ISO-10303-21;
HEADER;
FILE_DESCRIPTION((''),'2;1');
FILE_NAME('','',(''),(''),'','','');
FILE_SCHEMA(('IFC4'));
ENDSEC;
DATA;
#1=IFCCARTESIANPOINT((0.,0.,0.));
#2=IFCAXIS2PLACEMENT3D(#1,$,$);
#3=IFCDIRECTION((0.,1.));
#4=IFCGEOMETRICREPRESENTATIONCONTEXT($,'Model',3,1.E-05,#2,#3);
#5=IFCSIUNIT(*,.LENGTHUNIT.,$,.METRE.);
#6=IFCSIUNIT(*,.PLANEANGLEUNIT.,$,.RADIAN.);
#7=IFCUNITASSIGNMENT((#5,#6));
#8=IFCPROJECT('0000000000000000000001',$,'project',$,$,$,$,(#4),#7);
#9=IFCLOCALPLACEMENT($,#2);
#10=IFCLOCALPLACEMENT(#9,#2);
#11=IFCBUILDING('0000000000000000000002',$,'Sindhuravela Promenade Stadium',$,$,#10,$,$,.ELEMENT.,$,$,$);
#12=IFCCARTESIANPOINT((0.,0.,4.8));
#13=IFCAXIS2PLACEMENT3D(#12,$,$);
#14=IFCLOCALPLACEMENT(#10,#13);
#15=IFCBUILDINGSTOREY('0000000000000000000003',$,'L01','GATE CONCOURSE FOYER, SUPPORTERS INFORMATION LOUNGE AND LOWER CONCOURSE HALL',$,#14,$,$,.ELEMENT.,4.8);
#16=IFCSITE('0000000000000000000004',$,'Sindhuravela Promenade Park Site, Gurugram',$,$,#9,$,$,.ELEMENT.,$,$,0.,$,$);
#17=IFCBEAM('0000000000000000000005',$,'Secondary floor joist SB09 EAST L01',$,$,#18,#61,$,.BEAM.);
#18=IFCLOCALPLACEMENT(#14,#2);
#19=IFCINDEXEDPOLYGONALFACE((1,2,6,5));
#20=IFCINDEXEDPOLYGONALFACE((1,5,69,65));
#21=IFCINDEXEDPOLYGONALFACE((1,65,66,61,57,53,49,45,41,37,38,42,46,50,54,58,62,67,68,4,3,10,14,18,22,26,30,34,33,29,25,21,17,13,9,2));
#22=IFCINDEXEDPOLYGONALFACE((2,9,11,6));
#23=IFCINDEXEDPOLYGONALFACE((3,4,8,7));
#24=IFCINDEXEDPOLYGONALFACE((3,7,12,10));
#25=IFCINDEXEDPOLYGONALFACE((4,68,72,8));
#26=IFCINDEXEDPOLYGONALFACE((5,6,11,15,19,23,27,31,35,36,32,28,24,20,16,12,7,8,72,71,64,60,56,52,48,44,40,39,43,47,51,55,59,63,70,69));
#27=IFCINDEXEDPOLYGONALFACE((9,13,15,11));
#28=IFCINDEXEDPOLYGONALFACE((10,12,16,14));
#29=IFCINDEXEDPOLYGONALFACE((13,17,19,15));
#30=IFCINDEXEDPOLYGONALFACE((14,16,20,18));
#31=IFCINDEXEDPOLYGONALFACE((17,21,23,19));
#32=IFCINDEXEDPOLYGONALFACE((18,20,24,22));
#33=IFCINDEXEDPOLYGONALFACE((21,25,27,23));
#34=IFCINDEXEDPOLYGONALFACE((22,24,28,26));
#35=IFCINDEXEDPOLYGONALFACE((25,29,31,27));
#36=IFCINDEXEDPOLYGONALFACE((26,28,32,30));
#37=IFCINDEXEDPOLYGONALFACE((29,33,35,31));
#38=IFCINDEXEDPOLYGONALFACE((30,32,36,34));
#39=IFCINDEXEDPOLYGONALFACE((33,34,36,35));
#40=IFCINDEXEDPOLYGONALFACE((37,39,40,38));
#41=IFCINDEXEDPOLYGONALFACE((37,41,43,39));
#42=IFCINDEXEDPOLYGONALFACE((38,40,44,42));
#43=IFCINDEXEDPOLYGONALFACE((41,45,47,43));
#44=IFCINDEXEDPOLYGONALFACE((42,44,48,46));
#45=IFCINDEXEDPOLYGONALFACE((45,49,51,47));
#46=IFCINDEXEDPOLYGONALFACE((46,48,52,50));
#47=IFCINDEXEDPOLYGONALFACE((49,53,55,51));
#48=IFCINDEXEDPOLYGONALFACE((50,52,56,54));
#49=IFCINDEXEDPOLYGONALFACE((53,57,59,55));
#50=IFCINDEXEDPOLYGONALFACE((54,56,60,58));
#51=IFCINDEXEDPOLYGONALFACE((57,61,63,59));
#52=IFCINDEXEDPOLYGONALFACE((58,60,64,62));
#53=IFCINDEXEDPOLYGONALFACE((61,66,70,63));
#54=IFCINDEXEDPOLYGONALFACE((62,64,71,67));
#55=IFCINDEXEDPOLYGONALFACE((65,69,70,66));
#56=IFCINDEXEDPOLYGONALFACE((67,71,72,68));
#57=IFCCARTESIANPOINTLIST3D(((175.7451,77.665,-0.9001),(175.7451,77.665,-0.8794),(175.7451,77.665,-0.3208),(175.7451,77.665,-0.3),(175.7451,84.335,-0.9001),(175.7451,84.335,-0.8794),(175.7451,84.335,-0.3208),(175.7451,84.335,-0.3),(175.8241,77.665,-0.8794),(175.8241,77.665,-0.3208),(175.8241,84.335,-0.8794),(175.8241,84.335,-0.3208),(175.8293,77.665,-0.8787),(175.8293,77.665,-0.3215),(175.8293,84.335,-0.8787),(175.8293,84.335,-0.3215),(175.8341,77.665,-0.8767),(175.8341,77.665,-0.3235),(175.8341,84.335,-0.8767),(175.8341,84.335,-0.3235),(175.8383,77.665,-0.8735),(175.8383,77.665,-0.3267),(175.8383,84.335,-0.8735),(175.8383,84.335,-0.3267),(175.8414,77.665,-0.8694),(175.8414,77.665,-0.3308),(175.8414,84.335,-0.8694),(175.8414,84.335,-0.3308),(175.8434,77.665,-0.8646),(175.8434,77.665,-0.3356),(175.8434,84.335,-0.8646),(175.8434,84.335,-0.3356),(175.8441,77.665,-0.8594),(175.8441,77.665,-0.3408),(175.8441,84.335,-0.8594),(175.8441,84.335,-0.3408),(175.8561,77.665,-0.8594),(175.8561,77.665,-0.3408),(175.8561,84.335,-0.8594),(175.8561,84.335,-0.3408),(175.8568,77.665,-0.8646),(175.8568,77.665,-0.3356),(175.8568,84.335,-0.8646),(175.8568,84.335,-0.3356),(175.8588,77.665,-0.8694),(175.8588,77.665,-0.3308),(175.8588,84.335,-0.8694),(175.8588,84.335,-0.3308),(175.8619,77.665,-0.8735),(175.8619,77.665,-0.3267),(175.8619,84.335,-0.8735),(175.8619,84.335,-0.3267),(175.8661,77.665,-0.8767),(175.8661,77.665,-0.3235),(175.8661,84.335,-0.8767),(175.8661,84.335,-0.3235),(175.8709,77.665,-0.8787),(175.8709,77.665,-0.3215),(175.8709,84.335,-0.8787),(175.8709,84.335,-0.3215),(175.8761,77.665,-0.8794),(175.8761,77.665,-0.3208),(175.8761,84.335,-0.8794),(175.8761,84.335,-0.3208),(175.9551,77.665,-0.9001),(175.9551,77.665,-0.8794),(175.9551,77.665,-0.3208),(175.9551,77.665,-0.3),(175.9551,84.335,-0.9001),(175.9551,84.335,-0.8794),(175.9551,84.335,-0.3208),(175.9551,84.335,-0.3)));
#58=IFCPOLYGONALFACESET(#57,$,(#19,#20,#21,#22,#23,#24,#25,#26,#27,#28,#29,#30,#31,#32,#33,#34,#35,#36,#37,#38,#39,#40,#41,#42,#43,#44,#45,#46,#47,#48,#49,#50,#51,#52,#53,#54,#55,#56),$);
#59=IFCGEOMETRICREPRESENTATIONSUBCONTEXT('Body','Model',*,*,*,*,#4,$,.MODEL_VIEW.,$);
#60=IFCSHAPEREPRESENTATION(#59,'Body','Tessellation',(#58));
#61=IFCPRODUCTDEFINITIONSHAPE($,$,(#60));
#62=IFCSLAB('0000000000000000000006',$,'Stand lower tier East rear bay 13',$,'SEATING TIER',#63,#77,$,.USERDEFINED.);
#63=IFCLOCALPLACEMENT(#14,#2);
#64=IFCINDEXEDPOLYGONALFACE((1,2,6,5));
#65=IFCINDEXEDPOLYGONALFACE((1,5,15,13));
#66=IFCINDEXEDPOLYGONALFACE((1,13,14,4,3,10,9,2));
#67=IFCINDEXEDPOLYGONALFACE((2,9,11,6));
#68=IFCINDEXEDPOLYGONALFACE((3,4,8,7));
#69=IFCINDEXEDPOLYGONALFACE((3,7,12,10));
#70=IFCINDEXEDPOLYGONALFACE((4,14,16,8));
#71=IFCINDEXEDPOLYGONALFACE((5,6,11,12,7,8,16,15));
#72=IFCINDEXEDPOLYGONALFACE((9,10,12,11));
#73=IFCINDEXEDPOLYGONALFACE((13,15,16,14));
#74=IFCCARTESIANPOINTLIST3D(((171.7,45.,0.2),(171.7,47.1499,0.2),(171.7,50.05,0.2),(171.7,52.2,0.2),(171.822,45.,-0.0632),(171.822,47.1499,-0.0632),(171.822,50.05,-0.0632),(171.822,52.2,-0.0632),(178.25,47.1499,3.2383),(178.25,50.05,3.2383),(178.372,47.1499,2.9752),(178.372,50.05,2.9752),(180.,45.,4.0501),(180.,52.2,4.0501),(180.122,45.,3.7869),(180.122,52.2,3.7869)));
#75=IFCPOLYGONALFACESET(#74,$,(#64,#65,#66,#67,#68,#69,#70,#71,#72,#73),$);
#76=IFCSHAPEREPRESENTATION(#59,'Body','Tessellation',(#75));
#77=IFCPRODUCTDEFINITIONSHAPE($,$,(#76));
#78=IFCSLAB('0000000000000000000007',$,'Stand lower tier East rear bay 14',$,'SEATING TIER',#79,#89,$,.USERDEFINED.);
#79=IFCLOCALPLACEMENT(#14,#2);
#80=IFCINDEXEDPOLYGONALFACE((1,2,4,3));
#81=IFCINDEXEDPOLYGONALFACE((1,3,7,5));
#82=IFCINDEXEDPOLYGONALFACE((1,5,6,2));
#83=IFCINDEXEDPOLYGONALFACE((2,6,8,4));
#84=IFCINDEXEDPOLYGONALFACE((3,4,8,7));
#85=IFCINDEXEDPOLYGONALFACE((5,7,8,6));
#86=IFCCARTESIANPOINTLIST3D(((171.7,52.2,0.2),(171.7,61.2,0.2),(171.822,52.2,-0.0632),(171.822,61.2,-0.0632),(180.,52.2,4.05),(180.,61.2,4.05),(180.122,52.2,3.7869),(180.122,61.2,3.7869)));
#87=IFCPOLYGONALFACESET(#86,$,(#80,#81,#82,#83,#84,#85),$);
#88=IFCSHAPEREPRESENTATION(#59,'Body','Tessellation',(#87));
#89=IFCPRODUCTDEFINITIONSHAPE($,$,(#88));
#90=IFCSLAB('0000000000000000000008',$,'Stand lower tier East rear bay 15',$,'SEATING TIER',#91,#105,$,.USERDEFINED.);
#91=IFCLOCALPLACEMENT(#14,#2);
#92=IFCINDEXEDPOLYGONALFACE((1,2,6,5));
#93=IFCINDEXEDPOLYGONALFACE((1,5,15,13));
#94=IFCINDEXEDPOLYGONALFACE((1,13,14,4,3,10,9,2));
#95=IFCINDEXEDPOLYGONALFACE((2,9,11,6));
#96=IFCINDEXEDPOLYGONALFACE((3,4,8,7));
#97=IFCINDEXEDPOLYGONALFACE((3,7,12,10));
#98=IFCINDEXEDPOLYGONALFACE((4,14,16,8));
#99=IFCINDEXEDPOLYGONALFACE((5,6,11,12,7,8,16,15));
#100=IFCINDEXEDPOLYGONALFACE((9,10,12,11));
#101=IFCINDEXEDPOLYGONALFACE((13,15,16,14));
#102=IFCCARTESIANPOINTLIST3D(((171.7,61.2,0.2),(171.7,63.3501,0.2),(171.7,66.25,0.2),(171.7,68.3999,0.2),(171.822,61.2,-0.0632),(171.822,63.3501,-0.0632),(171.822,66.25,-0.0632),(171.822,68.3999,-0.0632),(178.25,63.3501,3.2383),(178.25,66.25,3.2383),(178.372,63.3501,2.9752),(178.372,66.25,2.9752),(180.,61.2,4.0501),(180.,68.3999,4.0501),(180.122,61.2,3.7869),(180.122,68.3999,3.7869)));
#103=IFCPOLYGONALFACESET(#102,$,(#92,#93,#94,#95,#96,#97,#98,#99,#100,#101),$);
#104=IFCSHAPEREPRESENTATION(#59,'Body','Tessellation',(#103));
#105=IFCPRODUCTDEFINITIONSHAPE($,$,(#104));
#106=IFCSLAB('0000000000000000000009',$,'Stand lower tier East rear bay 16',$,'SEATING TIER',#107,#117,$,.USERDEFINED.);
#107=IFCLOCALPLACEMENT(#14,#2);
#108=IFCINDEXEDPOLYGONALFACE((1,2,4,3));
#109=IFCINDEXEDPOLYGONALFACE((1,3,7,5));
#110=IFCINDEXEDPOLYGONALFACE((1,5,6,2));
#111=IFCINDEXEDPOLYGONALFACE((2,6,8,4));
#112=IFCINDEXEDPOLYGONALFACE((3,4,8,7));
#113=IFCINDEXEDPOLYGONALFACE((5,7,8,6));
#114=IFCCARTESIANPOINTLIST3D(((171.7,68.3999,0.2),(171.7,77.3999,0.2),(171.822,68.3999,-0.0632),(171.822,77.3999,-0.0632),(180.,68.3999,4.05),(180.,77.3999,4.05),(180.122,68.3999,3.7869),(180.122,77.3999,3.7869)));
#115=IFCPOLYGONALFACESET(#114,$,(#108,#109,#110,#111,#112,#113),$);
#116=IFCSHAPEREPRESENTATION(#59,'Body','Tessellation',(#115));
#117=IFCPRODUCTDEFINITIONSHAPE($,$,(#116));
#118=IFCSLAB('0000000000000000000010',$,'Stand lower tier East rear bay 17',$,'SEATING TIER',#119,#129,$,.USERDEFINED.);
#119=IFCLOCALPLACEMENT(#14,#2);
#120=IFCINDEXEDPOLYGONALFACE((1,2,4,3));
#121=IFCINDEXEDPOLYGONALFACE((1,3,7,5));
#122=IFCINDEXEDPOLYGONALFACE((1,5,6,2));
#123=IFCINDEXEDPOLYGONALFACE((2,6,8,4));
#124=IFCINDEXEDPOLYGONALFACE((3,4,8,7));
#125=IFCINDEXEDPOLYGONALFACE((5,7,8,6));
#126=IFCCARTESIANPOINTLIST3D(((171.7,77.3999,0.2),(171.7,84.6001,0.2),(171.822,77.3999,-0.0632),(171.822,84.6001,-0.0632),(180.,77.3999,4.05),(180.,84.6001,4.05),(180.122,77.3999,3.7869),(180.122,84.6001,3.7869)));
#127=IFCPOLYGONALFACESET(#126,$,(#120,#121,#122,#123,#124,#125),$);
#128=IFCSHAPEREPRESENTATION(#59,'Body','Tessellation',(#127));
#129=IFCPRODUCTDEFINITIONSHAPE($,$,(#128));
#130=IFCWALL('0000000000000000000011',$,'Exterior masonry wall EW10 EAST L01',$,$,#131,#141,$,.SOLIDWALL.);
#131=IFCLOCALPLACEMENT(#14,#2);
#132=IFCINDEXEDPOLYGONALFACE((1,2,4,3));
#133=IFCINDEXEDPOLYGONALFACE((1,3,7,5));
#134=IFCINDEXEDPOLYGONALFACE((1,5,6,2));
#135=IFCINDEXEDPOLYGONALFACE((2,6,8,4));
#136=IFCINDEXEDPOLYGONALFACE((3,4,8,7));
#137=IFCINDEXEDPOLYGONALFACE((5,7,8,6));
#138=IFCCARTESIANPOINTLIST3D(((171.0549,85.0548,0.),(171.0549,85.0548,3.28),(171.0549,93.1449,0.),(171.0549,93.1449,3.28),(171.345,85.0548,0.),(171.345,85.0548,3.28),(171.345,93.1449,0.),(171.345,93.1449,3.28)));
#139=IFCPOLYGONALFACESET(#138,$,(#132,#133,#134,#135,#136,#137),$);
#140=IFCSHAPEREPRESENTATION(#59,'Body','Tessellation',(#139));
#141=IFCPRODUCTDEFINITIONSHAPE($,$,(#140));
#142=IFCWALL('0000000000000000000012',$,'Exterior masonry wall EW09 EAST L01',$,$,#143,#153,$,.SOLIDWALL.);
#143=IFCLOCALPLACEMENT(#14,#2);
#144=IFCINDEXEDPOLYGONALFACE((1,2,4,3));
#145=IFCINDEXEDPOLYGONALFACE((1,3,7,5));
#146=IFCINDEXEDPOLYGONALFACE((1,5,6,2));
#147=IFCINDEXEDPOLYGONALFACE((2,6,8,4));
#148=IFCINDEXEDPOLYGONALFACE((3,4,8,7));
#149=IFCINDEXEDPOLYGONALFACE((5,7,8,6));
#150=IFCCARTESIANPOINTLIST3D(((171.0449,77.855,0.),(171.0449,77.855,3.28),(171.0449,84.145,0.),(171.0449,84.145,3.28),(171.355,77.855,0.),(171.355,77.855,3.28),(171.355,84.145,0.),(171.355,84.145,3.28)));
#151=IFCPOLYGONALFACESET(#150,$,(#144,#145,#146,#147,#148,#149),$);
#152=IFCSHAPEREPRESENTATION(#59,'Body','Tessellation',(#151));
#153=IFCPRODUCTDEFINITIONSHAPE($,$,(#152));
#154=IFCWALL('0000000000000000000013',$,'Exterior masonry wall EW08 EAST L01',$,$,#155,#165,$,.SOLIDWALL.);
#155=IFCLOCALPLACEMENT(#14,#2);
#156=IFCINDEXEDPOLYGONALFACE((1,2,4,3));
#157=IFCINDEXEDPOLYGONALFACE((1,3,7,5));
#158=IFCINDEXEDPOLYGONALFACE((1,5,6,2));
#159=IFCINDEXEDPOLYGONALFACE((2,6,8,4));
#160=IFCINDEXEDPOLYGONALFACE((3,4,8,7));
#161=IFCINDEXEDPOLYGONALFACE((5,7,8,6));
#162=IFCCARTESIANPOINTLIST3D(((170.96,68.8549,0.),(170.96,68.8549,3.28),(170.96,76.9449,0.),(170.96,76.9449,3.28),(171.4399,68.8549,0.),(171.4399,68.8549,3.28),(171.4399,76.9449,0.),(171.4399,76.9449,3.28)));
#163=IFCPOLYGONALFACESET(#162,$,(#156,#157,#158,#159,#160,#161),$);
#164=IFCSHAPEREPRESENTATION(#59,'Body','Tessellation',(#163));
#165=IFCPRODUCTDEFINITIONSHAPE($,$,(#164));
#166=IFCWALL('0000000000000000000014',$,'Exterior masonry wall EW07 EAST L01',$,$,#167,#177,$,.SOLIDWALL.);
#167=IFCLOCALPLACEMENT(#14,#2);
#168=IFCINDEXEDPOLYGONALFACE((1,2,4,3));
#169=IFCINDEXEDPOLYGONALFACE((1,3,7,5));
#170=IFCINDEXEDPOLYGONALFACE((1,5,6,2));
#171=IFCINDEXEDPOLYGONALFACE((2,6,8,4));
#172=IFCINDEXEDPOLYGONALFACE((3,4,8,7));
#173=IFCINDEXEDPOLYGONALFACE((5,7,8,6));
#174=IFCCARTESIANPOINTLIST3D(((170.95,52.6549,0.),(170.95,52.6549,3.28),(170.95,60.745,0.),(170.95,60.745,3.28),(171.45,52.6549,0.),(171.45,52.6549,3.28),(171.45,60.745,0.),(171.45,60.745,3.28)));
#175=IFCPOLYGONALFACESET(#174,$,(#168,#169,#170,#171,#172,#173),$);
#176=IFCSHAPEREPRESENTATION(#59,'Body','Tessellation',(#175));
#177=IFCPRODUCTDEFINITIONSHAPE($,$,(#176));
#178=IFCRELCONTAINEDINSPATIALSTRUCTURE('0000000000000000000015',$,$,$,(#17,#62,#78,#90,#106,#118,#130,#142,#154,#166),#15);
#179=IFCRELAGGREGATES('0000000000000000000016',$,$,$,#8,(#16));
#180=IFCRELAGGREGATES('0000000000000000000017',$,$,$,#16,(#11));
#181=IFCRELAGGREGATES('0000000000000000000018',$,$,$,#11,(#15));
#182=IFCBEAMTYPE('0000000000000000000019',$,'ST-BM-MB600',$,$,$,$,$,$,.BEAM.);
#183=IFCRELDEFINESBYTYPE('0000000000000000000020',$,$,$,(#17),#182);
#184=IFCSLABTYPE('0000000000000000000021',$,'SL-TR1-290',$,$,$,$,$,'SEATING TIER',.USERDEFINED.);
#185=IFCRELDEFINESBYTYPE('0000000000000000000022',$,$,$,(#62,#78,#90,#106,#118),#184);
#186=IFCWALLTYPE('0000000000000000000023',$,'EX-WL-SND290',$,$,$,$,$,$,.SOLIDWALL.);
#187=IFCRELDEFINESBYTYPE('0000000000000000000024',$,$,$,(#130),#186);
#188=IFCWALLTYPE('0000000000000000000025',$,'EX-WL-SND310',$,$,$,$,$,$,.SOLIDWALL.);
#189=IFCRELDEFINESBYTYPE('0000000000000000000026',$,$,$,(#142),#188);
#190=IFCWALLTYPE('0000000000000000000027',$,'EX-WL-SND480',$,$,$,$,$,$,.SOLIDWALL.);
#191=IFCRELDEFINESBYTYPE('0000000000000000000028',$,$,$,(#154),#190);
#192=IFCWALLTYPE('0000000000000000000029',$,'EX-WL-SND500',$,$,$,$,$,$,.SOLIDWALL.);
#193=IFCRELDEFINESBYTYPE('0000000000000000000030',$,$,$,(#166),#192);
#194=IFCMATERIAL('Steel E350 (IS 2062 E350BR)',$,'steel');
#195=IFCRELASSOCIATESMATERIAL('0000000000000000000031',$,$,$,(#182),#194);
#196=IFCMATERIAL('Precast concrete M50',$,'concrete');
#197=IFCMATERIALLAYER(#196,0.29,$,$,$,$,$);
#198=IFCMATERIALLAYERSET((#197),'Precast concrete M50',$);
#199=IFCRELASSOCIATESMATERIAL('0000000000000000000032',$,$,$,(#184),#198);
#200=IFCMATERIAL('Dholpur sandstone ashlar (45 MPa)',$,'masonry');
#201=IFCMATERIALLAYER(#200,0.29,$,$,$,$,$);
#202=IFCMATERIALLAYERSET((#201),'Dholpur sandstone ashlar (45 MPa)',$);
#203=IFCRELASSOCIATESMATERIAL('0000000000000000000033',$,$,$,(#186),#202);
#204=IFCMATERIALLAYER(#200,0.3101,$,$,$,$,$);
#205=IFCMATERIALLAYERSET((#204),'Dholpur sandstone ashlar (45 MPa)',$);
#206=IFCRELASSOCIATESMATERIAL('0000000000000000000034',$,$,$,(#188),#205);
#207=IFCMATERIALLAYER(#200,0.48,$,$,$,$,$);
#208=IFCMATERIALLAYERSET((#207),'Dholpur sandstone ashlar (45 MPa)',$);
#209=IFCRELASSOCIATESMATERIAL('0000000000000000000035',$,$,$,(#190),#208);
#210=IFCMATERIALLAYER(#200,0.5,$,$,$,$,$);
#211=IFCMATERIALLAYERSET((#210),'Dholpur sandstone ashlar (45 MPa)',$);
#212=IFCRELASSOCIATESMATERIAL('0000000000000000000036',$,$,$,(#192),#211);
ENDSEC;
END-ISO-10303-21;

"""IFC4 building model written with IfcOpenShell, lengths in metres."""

from ifc_helpers import new_model, si_unit, direction, frame, frame_2d, origin, origin_2d, place, context, subcontext, project, spatial, polyline, rectangle, i_section, outline, extrude, material, layer, layer_set, material_profile, profile_set, type_object, element, save


model = new_model("IFC4")

# Units and contexts
model_context = context("Model", 3, precision=1e-05, world=origin(), true_north=direction((0.0, 1.0)))
body_context = subcontext(model_context, "Body", "Model", "MODEL_VIEW")
ifc_project = project(units=[si_unit("LENGTHUNIT", "METRE"), si_unit("PLANEANGLEUNIT", "RADIAN")], contexts=[model_context])

# Site, building, storey
site_placement = place(None, origin())
site = spatial("IfcSite", under=ifc_project, at=site_placement, Name="Sindhuravela Promenade Park Site, Gurugram", CompositionType="ELEMENT", RefElevation=0.0)
building_placement = place(site_placement, origin())
building = spatial("IfcBuilding", under=site, at=building_placement, Name="Sindhuravela Promenade Stadium", CompositionType="ELEMENT")
storey_placement = place(building_placement, frame((0.0, 0.0, 4.8)))
storey = spatial("IfcBuildingStorey", under=building, at=storey_placement, Name="L01", Description="GATE CONCOURSE FOYER, SUPPORTERS INFORMATION LOUNGE AND LOWER CONCOURSE HALL", CompositionType="ELEMENT", Elevation=4.8)

# Beam
ifc_material_1 = material(Name="Steel E350 (IS 2062 E350BR)", Category="steel")
ifc_material_profile_1 = material_profile(ifc_material_1, i_section(OverallWidth=0.21, OverallDepth=0.6001, WebThickness=0.012, FlangeThickness=0.0208, FilletRadius=0.02, at=origin_2d()), Name="ISMB 600")
ifc_profile_set_1 = profile_set([ifc_material_profile_1], Name="Steel E350 (IS 2062 E350BR)")
beam_type_1 = type_object("IfcBeamType", Name="ST-BM-MB600", PredefinedType="BEAM", material=ifc_profile_set_1)
beam_1_placement = place(storey_placement, frame((175.8501, 77.665, -0.6001), z_axis=(0.0, 1.0, 0.0), x_axis=(-1.0, 0.0, 0.0)))
element("IfcBeam", 1, at=beam_1_placement, inside=storey, type_object=beam_type_1, Name="Secondary floor joist SB09 EAST L01", PredefinedType="BEAM", context=body_context, shape_type="SweptSolid", body=[
    extrude(i_section(OverallWidth=0.21, OverallDepth=0.6001, WebThickness=0.012, FlangeThickness=0.0208, FilletRadius=0.02, at=origin_2d()), origin(), (0.0, 0.0, 1.0), 6.6699),
])

# Slabs
ifc_material_2 = material(Name="Precast concrete M50", Category="concrete")
ifc_layer_1 = layer(ifc_material_2, 0.29)
ifc_layer_set_1 = layer_set([ifc_layer_1], Name="Precast concrete M50")
slab_type = type_object("IfcSlabType", Name="SL-TR1-290", ElementType="SEATING TIER", PredefinedType="USERDEFINED", material=ifc_layer_set_1)
slab_1_placement = place(storey_placement, frame((171.7, 52.2, 0.2), z_axis=(-0.420797, 0.0, 0.907155), x_axis=(0.0, -1.0, 0.0)))
element("IfcSlab", 2, at=slab_1_placement, inside=storey, type_object=slab_type, Name="Stand lower tier East rear bay 13", ObjectType="SEATING TIER", PredefinedType="USERDEFINED", context=body_context, shape_type="SweptSolid", body=[
    extrude(outline(polyline([(0.0, 0.0), (2.1499, 0.0), (2.1499, 7.2204), (5.05, 7.2204), (5.05, 0.0), (7.2, 0.0), (7.2, 9.1495), (0.0, 9.1495), (0.0, 0.0)])), origin(), (0.0, 0.0, -1.0), 0.29),
])
slab_2_placement = place(storey_placement, frame((171.7, 61.2, 0.2), z_axis=(-0.420797, 0.0, 0.907155), x_axis=(0.0, -1.0, 0.0)))
element("IfcSlab", 3, at=slab_2_placement, inside=storey, type_object=slab_type, Name="Stand lower tier East rear bay 14", ObjectType="SEATING TIER", PredefinedType="USERDEFINED", context=body_context, shape_type="SweptSolid", body=[
    extrude(outline(polyline([(0.0, 0.0), (9.0, 0.0), (9.0, 9.1495), (0.0, 9.1495), (0.0, 0.0)])), origin(), (0.0, 0.0, -1.0), 0.29),
])
slab_3_placement = place(storey_placement, frame((171.7, 68.3999, 0.2), z_axis=(-0.420797, 0.0, 0.907155), x_axis=(0.0, -1.0, 0.0)))
element("IfcSlab", 4, at=slab_3_placement, inside=storey, type_object=slab_type, Name="Stand lower tier East rear bay 15", ObjectType="SEATING TIER", PredefinedType="USERDEFINED", context=body_context, shape_type="SweptSolid", body=[
    extrude(outline(polyline([(0.0, 0.0), (2.1499, 0.0), (2.1499, 7.2204), (5.0498, 7.2204), (5.0498, 0.0), (7.2, 0.0), (7.2, 9.1495), (0.0, 9.1495), (0.0, 0.0)])), origin(), (0.0, 0.0, -1.0), 0.29),
])
slab_4_placement = place(storey_placement, frame((171.7, 77.3999, 0.2), z_axis=(-0.420797, 0.0, 0.907155), x_axis=(0.0, -1.0, 0.0)))
element("IfcSlab", 5, at=slab_4_placement, inside=storey, type_object=slab_type, Name="Stand lower tier East rear bay 16", ObjectType="SEATING TIER", PredefinedType="USERDEFINED", context=body_context, shape_type="SweptSolid", body=[
    extrude(outline(polyline([(0.0, 0.0), (9.0, 0.0), (9.0, 9.1495), (0.0, 9.1495), (0.0, 0.0)])), origin(), (0.0, 0.0, -1.0), 0.29),
])
slab_5_placement = place(storey_placement, frame((171.7, 84.6001, 0.2), z_axis=(-0.420797, 0.0, 0.907155), x_axis=(0.0, -1.0, 0.0)))
element("IfcSlab", 6, at=slab_5_placement, inside=storey, type_object=slab_type, Name="Stand lower tier East rear bay 17", ObjectType="SEATING TIER", PredefinedType="USERDEFINED", context=body_context, shape_type="SweptSolid", body=[
    extrude(outline(polyline([(0.0, 0.0), (7.2002, 0.0), (7.2002, 9.1495), (0.0, 9.1495), (0.0, 0.0)])), origin(), (0.0, 0.0, -1.0), 0.29),
])

# Walls
ifc_material_3 = material(Name="Dholpur sandstone ashlar (45 MPa)", Category="masonry")
ifc_layer_2 = layer(ifc_material_3, 0.29)
ifc_layer_set_2 = layer_set([ifc_layer_2], Name="Dholpur sandstone ashlar (45 MPa)")
wall_type_1 = type_object("IfcWallType", Name="EX-WL-SND290", PredefinedType="SOLIDWALL", material=ifc_layer_set_2)
wall_1_placement = place(storey_placement, frame((171.2, 85.0549, 0.0), z_axis=(0.0, 0.0, 1.0), x_axis=(0.0, 1.0, 0.0)))
element("IfcWall", 7, at=wall_1_placement, inside=storey, type_object=wall_type_1, Name="Exterior masonry wall EW10 EAST L01", PredefinedType="SOLIDWALL", context=body_context, shape_type="SweptSolid", body=[
    extrude(rectangle(XDim=8.0901, YDim=0.29, at=frame_2d((4.0449, 0.0))), origin(), (0.0, 0.0, 1.0), 3.28),
])
ifc_layer_3 = layer(ifc_material_3, 0.3101)
ifc_layer_set_3 = layer_set([ifc_layer_3], Name="Dholpur sandstone ashlar (45 MPa)")
wall_type_2 = type_object("IfcWallType", Name="EX-WL-SND310", PredefinedType="SOLIDWALL", material=ifc_layer_set_3)
wall_2_placement = place(storey_placement, frame((171.2, 77.855, 0.0), z_axis=(0.0, 0.0, 1.0), x_axis=(0.0, 1.0, 0.0)))
element("IfcWall", 8, at=wall_2_placement, inside=storey, type_object=wall_type_2, Name="Exterior masonry wall EW09 EAST L01", PredefinedType="SOLIDWALL", context=body_context, shape_type="SweptSolid", body=[
    extrude(rectangle(XDim=6.29, YDim=0.3101, at=frame_2d((3.145, 0.0))), origin(), (0.0, 0.0, 1.0), 3.28),
])
ifc_layer_4 = layer(ifc_material_3, 0.48)
ifc_layer_set_4 = layer_set([ifc_layer_4], Name="Dholpur sandstone ashlar (45 MPa)")
wall_type_3 = type_object("IfcWallType", Name="EX-WL-SND480", PredefinedType="SOLIDWALL", material=ifc_layer_set_4)
wall_3_placement = place(storey_placement, frame((171.2, 68.855, 0.0), z_axis=(0.0, 0.0, 1.0), x_axis=(0.0, 1.0, 0.0)))
element("IfcWall", 9, at=wall_3_placement, inside=storey, type_object=wall_type_3, Name="Exterior masonry wall EW08 EAST L01", PredefinedType="SOLIDWALL", context=body_context, shape_type="SweptSolid", body=[
    extrude(rectangle(XDim=8.0901, YDim=0.48, at=frame_2d((4.0449, 0.0))), origin(), (0.0, 0.0, 1.0), 3.28),
])
ifc_layer_5 = layer(ifc_material_3, 0.5)
ifc_layer_set_5 = layer_set([ifc_layer_5], Name="Dholpur sandstone ashlar (45 MPa)")
wall_type_4 = type_object("IfcWallType", Name="EX-WL-SND500", PredefinedType="SOLIDWALL", material=ifc_layer_set_5)
wall_4_placement = place(storey_placement, frame((171.2, 52.655, 0.0), z_axis=(0.0, 0.0, 1.0), x_axis=(0.0, 1.0, 0.0)))
element("IfcWall", 10, at=wall_4_placement, inside=storey, type_object=wall_type_4, Name="Exterior masonry wall EW07 EAST L01", PredefinedType="SOLIDWALL", context=body_context, shape_type="SweptSolid", body=[
    extrude(rectangle(XDim=8.0901, YDim=0.5, at=frame_2d((4.0449, 0.0))), origin(), (0.0, 0.0, 1.0), 3.28),
])

save(model, "model.ifc")
